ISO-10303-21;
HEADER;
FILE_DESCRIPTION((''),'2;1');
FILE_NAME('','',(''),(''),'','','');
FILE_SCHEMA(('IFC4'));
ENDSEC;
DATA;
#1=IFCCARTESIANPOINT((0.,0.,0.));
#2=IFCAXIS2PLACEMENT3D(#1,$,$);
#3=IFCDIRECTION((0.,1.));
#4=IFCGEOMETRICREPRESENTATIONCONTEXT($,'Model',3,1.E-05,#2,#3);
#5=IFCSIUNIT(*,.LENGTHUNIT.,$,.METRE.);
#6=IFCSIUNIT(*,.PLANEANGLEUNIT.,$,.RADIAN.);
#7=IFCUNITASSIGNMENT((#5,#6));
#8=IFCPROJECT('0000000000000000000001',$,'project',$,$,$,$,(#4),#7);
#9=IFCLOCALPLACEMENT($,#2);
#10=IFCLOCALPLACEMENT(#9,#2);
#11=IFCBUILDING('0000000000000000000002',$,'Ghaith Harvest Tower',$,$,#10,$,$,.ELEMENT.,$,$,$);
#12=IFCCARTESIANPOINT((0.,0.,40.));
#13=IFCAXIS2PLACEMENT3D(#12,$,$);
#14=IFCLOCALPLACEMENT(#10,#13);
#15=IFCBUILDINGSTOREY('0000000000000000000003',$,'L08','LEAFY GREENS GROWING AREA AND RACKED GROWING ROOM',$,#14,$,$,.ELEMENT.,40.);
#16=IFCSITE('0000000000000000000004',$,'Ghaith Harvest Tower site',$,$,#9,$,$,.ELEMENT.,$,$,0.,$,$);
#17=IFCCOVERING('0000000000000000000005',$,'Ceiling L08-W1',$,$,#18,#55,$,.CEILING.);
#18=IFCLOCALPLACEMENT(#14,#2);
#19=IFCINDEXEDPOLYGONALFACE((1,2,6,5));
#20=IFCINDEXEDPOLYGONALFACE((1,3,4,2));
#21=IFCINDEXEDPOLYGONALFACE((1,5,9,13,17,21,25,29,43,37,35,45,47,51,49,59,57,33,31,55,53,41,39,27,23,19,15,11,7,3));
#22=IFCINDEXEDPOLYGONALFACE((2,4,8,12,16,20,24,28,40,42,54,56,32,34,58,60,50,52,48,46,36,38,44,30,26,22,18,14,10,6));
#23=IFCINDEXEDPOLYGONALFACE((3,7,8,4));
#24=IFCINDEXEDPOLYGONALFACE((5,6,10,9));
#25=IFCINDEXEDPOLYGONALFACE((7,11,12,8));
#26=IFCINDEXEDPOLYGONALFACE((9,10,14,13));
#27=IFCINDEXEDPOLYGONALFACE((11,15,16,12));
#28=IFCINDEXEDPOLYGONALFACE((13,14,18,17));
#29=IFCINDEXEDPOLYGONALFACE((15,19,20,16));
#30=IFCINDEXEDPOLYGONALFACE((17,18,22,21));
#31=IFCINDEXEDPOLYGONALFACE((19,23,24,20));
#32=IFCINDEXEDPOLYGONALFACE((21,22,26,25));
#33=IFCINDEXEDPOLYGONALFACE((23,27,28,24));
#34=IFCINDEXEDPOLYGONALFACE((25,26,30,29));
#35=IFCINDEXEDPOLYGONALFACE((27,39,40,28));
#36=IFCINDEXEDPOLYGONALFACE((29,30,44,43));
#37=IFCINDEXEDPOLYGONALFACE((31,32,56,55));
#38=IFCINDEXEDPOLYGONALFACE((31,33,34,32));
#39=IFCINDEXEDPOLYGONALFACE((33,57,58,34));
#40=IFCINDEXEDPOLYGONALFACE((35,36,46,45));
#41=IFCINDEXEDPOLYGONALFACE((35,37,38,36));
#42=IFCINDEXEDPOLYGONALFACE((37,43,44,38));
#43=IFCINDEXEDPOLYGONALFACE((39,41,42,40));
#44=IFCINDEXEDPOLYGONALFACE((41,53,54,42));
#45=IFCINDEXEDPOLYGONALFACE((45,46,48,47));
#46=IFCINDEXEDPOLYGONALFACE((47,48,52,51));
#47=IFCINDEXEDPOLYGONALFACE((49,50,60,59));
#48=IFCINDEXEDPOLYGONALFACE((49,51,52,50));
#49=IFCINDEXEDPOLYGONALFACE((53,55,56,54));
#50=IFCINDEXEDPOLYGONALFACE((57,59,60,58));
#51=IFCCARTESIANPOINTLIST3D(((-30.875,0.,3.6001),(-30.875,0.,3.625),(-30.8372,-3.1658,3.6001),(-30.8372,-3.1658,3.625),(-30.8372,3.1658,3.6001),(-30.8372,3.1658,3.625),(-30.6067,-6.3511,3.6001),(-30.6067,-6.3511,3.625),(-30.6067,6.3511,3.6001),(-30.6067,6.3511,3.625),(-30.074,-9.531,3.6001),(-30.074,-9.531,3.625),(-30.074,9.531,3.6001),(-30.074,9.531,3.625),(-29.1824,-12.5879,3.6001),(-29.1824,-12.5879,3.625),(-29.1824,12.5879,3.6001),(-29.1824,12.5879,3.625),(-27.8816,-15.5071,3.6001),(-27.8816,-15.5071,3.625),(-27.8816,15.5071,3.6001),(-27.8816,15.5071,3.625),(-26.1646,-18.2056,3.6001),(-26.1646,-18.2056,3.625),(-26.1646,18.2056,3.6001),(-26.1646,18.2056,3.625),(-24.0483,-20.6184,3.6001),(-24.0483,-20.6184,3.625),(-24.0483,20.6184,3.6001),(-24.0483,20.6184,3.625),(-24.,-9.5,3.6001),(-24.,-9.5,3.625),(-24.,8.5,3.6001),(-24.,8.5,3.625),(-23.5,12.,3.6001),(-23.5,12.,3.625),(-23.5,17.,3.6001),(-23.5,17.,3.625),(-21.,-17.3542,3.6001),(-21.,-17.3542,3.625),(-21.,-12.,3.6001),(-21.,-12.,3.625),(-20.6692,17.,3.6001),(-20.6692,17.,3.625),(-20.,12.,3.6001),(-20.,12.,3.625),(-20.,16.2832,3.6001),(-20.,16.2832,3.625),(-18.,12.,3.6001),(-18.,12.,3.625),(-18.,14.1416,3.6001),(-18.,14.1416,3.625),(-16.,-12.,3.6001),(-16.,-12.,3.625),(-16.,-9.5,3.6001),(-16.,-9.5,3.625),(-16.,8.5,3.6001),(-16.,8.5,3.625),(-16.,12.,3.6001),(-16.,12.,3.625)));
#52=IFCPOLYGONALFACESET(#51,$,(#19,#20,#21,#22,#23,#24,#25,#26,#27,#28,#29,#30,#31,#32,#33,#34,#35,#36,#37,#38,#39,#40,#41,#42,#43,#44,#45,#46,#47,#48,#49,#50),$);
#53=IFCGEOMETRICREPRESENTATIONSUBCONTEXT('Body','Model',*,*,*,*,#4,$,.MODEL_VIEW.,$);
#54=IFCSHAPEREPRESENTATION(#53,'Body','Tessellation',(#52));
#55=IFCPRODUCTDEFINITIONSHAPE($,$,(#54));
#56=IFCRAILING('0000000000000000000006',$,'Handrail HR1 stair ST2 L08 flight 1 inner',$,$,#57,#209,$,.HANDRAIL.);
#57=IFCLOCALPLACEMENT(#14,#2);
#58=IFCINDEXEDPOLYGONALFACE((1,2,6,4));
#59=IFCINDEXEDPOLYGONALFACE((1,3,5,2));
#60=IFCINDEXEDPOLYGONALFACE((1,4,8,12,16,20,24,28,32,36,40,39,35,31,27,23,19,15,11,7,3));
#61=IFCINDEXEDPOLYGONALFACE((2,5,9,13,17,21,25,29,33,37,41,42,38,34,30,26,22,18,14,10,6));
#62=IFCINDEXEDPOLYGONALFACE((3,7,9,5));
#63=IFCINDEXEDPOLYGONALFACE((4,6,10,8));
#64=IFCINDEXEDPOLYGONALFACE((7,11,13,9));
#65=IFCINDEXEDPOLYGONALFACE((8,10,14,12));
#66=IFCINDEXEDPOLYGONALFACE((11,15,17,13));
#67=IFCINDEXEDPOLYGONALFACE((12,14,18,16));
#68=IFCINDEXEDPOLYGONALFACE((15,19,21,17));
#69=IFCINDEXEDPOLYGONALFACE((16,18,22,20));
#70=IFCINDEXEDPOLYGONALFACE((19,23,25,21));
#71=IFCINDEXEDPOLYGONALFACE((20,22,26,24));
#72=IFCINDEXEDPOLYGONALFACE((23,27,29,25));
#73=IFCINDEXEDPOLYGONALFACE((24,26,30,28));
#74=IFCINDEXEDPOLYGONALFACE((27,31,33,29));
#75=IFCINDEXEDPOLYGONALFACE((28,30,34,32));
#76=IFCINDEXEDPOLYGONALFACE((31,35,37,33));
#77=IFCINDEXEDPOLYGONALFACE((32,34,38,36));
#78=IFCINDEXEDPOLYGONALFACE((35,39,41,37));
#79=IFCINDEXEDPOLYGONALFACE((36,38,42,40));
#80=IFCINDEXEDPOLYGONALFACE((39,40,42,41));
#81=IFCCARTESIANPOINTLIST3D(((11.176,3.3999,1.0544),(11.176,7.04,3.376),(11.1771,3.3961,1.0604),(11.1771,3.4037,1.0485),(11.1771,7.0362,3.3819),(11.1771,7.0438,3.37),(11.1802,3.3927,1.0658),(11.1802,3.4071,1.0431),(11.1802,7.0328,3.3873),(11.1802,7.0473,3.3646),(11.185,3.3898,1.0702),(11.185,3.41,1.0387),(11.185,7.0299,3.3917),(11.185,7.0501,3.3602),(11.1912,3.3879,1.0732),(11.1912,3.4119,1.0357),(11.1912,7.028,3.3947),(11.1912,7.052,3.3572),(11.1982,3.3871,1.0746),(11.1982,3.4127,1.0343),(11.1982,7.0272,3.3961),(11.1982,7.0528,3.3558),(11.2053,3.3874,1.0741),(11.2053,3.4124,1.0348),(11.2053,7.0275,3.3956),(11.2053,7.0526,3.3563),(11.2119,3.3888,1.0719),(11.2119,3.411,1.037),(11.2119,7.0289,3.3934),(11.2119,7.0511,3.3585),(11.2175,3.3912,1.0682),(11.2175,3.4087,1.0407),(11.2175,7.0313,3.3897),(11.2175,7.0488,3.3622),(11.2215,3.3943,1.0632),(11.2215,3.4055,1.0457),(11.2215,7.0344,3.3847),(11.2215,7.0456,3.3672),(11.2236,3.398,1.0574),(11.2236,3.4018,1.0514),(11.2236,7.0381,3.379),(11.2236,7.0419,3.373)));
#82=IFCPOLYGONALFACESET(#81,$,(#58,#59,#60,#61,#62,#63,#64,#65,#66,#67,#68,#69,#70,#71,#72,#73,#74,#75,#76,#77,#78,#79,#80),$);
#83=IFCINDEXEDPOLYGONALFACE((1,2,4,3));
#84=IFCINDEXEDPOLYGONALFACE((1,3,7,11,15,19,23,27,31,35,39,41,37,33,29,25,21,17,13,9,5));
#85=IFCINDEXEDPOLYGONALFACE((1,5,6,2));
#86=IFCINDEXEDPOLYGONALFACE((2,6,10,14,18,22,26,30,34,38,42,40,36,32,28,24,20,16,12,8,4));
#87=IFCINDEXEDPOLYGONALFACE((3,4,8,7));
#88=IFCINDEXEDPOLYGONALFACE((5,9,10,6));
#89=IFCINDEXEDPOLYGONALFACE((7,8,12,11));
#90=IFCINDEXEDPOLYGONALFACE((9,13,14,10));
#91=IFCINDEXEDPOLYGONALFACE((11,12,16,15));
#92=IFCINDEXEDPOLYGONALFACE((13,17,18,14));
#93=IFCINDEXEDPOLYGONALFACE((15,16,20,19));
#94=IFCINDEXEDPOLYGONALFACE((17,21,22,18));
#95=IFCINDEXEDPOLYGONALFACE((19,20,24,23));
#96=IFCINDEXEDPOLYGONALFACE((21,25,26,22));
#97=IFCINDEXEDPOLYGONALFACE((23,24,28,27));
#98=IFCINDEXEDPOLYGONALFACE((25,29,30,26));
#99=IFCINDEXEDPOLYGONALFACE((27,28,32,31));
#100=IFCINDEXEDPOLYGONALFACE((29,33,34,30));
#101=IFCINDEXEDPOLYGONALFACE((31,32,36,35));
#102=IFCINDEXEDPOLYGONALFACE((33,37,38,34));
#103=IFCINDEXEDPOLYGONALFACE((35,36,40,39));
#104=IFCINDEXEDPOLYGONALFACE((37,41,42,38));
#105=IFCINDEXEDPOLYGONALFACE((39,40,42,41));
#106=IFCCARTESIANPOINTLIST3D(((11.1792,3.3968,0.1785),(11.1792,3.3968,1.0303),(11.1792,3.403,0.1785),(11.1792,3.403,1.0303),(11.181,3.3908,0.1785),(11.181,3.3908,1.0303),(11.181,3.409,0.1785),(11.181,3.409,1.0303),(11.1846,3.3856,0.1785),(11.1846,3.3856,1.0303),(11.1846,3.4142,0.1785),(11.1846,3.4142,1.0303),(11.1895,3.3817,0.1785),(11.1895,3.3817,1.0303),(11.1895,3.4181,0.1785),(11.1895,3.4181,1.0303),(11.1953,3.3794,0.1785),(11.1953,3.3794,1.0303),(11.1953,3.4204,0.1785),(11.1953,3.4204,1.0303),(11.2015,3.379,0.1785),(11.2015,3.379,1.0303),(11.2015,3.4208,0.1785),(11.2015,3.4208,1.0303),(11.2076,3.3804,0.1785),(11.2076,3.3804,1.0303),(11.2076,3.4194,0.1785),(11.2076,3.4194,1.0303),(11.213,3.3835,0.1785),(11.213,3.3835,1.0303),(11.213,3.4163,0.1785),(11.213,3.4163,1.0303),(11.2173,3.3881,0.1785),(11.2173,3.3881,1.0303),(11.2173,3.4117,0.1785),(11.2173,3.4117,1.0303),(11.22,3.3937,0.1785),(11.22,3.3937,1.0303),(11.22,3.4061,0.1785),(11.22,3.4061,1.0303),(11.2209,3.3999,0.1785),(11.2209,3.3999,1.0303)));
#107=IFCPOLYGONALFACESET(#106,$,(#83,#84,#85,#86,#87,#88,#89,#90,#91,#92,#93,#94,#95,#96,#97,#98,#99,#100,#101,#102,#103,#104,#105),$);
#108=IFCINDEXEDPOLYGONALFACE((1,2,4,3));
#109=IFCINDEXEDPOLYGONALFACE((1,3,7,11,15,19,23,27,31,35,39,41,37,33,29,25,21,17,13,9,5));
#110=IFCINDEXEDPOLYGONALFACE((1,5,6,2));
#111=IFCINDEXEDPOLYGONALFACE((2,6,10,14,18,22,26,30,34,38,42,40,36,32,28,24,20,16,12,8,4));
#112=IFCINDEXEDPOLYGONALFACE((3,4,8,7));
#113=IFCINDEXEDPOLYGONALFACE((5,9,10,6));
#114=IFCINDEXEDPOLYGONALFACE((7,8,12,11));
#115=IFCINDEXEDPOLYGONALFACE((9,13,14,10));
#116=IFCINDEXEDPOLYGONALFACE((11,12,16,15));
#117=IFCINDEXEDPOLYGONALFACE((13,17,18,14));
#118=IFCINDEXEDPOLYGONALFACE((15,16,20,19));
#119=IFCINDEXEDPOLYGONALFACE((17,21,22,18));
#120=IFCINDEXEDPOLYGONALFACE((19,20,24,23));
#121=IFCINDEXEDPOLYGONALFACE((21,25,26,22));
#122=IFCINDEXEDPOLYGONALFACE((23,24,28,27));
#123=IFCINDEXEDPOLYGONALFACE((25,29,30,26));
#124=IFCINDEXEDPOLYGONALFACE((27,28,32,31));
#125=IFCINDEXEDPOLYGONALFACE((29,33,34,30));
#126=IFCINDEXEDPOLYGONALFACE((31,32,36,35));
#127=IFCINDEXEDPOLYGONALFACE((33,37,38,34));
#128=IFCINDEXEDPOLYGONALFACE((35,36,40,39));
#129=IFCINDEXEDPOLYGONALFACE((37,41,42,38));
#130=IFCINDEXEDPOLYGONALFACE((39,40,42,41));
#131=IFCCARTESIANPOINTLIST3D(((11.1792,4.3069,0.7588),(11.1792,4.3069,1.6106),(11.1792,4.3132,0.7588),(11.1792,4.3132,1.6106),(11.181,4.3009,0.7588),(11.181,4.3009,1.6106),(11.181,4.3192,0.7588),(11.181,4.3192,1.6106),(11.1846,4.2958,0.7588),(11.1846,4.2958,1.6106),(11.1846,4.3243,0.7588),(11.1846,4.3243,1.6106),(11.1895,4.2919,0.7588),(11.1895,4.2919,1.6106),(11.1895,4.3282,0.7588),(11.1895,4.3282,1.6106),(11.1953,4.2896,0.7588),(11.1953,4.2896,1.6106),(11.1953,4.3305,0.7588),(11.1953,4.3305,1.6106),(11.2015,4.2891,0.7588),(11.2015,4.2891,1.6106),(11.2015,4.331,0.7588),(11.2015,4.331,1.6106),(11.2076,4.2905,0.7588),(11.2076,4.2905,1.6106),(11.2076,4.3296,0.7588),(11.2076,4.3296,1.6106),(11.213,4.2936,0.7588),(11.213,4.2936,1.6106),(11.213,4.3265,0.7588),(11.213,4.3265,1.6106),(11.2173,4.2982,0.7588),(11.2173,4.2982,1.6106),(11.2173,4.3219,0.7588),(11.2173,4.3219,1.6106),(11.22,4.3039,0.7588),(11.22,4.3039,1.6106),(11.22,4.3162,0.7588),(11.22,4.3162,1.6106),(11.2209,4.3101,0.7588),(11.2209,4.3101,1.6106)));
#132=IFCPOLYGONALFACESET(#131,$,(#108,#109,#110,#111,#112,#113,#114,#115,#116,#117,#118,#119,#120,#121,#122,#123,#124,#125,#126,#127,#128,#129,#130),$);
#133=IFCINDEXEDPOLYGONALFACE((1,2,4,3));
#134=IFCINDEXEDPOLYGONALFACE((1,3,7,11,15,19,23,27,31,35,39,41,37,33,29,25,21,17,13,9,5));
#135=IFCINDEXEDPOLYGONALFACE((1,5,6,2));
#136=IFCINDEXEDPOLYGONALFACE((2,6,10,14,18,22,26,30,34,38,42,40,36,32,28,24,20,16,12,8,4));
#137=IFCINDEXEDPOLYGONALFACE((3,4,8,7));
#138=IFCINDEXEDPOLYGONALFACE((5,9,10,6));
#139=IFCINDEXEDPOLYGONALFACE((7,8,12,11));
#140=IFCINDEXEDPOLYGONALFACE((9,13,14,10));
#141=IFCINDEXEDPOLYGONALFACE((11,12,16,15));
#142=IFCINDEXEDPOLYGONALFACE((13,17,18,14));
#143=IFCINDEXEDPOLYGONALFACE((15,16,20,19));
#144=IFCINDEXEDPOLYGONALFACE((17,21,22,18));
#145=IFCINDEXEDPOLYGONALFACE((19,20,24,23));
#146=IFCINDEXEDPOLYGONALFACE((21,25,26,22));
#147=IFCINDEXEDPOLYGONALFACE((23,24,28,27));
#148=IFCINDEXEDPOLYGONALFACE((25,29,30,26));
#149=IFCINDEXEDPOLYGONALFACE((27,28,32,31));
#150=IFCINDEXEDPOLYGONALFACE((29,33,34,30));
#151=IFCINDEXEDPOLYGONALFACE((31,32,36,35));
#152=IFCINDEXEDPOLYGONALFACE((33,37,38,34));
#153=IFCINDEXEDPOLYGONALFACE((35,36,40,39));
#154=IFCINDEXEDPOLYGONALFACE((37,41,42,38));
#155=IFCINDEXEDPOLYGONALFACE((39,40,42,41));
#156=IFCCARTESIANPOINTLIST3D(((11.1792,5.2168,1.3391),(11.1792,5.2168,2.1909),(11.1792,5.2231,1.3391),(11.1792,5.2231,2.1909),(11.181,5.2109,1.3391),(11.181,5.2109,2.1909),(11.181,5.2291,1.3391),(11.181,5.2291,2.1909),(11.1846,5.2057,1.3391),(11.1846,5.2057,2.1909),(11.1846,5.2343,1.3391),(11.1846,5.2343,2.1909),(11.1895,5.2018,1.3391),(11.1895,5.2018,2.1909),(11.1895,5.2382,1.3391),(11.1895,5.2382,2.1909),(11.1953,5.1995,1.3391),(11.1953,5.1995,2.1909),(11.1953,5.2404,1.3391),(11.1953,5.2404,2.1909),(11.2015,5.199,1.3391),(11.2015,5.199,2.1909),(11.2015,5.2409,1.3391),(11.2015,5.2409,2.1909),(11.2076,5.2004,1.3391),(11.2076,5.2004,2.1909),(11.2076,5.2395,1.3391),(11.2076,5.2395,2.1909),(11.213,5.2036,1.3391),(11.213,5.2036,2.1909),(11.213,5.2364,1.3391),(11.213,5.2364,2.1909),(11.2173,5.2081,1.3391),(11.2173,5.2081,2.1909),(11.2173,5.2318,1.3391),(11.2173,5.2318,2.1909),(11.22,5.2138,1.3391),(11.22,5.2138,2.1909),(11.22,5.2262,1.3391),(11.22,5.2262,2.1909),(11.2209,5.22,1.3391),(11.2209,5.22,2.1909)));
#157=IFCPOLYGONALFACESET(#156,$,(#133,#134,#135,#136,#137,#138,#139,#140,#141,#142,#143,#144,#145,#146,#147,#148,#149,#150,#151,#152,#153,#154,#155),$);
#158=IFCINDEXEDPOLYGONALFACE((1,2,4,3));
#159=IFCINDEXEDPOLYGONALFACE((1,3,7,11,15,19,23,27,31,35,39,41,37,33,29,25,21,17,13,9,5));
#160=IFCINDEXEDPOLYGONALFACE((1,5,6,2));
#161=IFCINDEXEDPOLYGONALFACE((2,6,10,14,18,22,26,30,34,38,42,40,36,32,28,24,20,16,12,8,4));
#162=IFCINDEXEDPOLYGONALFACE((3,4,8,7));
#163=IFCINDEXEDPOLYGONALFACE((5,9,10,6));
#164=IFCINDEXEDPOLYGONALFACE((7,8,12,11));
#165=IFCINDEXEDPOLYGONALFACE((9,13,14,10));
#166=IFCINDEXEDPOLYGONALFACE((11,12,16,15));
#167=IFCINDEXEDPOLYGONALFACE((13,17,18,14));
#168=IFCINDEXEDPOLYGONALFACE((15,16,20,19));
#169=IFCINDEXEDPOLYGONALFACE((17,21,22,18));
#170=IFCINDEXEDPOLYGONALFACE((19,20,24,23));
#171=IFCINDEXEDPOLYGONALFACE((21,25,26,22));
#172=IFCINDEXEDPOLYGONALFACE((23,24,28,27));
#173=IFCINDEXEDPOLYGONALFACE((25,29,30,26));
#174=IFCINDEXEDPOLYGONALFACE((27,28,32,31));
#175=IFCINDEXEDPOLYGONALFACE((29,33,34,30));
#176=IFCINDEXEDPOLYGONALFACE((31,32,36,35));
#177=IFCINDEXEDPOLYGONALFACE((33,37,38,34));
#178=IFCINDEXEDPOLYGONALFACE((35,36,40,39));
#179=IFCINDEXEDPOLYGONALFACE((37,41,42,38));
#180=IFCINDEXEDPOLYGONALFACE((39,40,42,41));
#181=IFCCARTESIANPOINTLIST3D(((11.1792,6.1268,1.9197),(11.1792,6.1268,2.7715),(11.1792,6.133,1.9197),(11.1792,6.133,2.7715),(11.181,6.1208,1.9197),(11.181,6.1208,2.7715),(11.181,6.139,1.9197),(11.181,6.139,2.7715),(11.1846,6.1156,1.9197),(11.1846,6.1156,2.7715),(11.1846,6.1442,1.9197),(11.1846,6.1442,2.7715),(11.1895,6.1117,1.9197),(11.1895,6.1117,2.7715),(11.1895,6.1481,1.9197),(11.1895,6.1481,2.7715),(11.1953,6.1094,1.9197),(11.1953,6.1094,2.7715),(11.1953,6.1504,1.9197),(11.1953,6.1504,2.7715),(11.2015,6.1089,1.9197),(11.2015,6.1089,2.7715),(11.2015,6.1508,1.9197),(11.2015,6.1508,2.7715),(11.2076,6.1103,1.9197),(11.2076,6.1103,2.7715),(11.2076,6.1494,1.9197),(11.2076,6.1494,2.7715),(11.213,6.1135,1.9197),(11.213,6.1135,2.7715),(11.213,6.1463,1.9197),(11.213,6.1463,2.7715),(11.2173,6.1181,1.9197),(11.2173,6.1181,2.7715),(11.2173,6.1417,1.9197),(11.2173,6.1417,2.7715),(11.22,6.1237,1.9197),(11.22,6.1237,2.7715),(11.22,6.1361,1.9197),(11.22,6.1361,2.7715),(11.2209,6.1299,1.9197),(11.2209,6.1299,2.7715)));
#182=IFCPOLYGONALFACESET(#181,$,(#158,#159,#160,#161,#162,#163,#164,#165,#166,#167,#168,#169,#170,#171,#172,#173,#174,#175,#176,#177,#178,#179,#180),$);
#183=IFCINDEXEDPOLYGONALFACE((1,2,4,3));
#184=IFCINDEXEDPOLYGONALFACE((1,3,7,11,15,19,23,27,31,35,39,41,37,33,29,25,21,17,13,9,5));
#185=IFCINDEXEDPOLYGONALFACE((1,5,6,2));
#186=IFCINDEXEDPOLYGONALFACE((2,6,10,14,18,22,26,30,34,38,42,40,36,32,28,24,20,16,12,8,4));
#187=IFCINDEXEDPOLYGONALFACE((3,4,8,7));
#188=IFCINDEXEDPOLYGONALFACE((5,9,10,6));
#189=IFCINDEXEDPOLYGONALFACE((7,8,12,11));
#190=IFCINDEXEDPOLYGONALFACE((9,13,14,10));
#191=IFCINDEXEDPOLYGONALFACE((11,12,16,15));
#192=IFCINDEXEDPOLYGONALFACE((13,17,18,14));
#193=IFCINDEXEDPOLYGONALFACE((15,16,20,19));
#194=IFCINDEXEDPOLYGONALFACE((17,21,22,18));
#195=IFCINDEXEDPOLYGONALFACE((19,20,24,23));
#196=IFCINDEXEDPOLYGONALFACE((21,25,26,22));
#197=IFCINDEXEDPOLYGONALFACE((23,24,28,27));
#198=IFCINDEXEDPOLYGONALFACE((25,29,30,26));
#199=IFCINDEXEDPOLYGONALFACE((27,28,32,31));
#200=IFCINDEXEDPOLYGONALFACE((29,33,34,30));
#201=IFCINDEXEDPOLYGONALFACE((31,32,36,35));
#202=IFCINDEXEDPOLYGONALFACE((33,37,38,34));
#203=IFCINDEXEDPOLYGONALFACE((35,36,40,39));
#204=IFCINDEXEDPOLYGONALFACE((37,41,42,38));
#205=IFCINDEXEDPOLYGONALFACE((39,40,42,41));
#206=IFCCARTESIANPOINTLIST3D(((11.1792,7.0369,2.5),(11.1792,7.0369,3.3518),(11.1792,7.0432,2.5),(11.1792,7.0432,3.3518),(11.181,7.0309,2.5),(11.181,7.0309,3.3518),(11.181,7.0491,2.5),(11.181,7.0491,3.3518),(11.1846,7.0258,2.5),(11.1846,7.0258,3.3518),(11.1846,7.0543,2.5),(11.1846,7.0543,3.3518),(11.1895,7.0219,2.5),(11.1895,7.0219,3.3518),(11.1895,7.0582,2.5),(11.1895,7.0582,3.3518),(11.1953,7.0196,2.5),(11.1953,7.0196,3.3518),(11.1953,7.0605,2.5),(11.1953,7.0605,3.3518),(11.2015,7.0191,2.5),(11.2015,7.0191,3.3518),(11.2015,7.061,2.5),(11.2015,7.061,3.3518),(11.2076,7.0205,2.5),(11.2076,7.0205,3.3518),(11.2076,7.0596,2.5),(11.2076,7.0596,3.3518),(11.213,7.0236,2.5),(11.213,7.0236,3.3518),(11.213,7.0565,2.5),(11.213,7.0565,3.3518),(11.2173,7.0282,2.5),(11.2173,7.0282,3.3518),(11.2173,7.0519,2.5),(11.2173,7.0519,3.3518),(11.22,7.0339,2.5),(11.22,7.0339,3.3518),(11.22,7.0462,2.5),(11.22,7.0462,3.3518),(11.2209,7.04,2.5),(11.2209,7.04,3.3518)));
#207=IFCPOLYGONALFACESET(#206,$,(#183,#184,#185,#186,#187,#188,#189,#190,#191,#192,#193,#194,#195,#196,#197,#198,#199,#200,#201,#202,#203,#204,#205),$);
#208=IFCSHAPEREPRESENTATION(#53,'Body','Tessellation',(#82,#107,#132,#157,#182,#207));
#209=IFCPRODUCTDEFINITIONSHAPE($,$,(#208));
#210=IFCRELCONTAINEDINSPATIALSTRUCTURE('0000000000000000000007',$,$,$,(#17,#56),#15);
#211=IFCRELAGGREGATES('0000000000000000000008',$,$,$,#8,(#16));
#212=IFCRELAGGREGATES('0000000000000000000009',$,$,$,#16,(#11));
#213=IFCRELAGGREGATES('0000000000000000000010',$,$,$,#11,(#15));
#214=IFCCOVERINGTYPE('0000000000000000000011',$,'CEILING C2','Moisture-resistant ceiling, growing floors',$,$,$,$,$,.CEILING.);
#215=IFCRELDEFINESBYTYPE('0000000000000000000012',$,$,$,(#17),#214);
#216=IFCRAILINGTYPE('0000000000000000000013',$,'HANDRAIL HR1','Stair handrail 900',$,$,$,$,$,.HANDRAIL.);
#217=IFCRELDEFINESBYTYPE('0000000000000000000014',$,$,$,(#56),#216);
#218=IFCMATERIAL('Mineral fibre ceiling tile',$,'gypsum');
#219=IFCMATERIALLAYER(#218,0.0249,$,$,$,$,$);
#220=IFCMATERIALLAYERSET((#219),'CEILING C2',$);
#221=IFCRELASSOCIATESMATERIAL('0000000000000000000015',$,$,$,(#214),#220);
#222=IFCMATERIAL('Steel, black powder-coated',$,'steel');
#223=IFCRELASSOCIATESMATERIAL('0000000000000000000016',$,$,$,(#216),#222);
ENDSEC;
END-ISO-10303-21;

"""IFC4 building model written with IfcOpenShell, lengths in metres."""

from ifc_helpers import new_model, si_unit, direction, frame, origin, origin_2d, place, context, subcontext, project, spatial, polyline, circle, outline, extrude, material, layer, layer_set, type_object, element, save


model = new_model("IFC4")

# Units and contexts
model_context = context("Model", 3, precision=1e-05, world=origin(), true_north=direction((0.0, 1.0)))
body_context = subcontext(model_context, "Body", "Model", "MODEL_VIEW")
ifc_project = project(units=[si_unit("LENGTHUNIT", "METRE"), si_unit("PLANEANGLEUNIT", "RADIAN")], contexts=[model_context])

# Site, building, storey
site_placement = place(None, origin())
site = spatial("IfcSite", under=ifc_project, at=site_placement, Name="Ghaith Harvest Tower site", CompositionType="ELEMENT", RefElevation=0.0)
building_placement = place(site_placement, origin())
building = spatial("IfcBuilding", under=site, at=building_placement, Name="Ghaith Harvest Tower", CompositionType="ELEMENT")
storey_placement = place(building_placement, frame((0.0, 0.0, 40.0)))
storey = spatial("IfcBuildingStorey", under=building, at=storey_placement, Name="L08", Description="LEAFY GREENS GROWING AREA AND RACKED GROWING ROOM", CompositionType="ELEMENT", Elevation=40.0)

# Covering
ifc_material_1 = material(Name="Mineral fibre ceiling tile", Category="gypsum")
ifc_layer_1 = layer(ifc_material_1, 0.0249)
ifc_layer_set_1 = layer_set([ifc_layer_1], Name="CEILING C2")
covering_type = type_object("IfcCoveringType", Name="CEILING C2", Description="Moisture-resistant ceiling, growing floors", PredefinedType="CEILING", material=ifc_layer_set_1)
covering_1_placement = place(storey_placement, frame((0.0, 0.0, 3.6001)))
element("IfcCovering", 1, at=covering_1_placement, inside=storey, type_object=covering_type, Name="Ceiling L08-W1", PredefinedType="CEILING", context=body_context, shape_type="SweptSolid", body=[
    extrude(outline(polyline([(-26.1646, -18.2056), (-27.8816, -15.5071), (-29.1824, -12.5879), (-30.074, -9.531), (-30.6067, -6.3511), (-30.8372, -3.1658), (-30.875, 0.0), (-30.8372, 3.1658), (-30.6067, 6.3511), (-30.074, 9.531), (-29.1824, 12.5879), (-27.8816, 15.5071), (-26.1646, 18.2056), (-24.0483, 20.6184), (-20.6692, 17.0), (-23.5, 17.0), (-23.5, 12.0), (-20.0, 12.0), (-20.0, 16.2832), (-18.0, 14.1416), (-18.0, 12.0), (-16.0, 12.0), (-16.0, 8.5), (-24.0, 8.5), (-24.0, -9.5), (-16.0, -9.5), (-16.0, -12.0), (-21.0, -12.0), (-21.0, -17.3542), (-24.0483, -20.6184), (-26.1646, -18.2056)])), origin(), (0.0, 0.0, 1.0), 0.0249),
])

# Railing
ifc_material_2 = material(Name="Steel, black powder-coated", Category="steel")
railing_type = type_object("IfcRailingType", Name="HANDRAIL HR1", Description="Stair handrail 900", PredefinedType="HANDRAIL", material=ifc_material_2)
railing_1_placement = place(storey_placement, frame((11.2, 3.3999, 0.1785)))
element("IfcRailing", 2, at=railing_1_placement, inside=storey, type_object=railing_type, Name="Handrail HR1 stair ST2 L08 flight 1 inner", PredefinedType="HANDRAIL", context=body_context, shape_type="SweptSolid", body=[
    extrude(circle(Radius=0.0239, at=origin_2d()), frame((0.0, 0.0, 0.876), z_axis=(0.0, 0.843128, 0.537713), x_axis=(-1.0, 0.0, 0.0)), (0.0, 0.0, 1.0), 4.3174),
    extrude(circle(Radius=0.021, at=origin_2d()), origin(), (0.0, 0.0, 1.0), 0.8518),
    extrude(circle(Radius=0.021, at=origin_2d()), frame((0.0, 0.9102, 0.5803)), (0.0, 0.0, 1.0), 0.8518),
    extrude(circle(Radius=0.021, at=origin_2d()), frame((0.0, 1.8201, 1.1606)), (0.0, 0.0, 1.0), 0.8518),
    extrude(circle(Radius=0.021, at=origin_2d()), frame((0.0, 2.73, 1.7412)), (0.0, 0.0, 1.0), 0.8518),
    extrude(circle(Radius=0.021, at=origin_2d()), frame((0.0, 3.6401, 2.3215)), (0.0, 0.0, 1.0), 0.8518),
])

save(model, "model.ifc")
